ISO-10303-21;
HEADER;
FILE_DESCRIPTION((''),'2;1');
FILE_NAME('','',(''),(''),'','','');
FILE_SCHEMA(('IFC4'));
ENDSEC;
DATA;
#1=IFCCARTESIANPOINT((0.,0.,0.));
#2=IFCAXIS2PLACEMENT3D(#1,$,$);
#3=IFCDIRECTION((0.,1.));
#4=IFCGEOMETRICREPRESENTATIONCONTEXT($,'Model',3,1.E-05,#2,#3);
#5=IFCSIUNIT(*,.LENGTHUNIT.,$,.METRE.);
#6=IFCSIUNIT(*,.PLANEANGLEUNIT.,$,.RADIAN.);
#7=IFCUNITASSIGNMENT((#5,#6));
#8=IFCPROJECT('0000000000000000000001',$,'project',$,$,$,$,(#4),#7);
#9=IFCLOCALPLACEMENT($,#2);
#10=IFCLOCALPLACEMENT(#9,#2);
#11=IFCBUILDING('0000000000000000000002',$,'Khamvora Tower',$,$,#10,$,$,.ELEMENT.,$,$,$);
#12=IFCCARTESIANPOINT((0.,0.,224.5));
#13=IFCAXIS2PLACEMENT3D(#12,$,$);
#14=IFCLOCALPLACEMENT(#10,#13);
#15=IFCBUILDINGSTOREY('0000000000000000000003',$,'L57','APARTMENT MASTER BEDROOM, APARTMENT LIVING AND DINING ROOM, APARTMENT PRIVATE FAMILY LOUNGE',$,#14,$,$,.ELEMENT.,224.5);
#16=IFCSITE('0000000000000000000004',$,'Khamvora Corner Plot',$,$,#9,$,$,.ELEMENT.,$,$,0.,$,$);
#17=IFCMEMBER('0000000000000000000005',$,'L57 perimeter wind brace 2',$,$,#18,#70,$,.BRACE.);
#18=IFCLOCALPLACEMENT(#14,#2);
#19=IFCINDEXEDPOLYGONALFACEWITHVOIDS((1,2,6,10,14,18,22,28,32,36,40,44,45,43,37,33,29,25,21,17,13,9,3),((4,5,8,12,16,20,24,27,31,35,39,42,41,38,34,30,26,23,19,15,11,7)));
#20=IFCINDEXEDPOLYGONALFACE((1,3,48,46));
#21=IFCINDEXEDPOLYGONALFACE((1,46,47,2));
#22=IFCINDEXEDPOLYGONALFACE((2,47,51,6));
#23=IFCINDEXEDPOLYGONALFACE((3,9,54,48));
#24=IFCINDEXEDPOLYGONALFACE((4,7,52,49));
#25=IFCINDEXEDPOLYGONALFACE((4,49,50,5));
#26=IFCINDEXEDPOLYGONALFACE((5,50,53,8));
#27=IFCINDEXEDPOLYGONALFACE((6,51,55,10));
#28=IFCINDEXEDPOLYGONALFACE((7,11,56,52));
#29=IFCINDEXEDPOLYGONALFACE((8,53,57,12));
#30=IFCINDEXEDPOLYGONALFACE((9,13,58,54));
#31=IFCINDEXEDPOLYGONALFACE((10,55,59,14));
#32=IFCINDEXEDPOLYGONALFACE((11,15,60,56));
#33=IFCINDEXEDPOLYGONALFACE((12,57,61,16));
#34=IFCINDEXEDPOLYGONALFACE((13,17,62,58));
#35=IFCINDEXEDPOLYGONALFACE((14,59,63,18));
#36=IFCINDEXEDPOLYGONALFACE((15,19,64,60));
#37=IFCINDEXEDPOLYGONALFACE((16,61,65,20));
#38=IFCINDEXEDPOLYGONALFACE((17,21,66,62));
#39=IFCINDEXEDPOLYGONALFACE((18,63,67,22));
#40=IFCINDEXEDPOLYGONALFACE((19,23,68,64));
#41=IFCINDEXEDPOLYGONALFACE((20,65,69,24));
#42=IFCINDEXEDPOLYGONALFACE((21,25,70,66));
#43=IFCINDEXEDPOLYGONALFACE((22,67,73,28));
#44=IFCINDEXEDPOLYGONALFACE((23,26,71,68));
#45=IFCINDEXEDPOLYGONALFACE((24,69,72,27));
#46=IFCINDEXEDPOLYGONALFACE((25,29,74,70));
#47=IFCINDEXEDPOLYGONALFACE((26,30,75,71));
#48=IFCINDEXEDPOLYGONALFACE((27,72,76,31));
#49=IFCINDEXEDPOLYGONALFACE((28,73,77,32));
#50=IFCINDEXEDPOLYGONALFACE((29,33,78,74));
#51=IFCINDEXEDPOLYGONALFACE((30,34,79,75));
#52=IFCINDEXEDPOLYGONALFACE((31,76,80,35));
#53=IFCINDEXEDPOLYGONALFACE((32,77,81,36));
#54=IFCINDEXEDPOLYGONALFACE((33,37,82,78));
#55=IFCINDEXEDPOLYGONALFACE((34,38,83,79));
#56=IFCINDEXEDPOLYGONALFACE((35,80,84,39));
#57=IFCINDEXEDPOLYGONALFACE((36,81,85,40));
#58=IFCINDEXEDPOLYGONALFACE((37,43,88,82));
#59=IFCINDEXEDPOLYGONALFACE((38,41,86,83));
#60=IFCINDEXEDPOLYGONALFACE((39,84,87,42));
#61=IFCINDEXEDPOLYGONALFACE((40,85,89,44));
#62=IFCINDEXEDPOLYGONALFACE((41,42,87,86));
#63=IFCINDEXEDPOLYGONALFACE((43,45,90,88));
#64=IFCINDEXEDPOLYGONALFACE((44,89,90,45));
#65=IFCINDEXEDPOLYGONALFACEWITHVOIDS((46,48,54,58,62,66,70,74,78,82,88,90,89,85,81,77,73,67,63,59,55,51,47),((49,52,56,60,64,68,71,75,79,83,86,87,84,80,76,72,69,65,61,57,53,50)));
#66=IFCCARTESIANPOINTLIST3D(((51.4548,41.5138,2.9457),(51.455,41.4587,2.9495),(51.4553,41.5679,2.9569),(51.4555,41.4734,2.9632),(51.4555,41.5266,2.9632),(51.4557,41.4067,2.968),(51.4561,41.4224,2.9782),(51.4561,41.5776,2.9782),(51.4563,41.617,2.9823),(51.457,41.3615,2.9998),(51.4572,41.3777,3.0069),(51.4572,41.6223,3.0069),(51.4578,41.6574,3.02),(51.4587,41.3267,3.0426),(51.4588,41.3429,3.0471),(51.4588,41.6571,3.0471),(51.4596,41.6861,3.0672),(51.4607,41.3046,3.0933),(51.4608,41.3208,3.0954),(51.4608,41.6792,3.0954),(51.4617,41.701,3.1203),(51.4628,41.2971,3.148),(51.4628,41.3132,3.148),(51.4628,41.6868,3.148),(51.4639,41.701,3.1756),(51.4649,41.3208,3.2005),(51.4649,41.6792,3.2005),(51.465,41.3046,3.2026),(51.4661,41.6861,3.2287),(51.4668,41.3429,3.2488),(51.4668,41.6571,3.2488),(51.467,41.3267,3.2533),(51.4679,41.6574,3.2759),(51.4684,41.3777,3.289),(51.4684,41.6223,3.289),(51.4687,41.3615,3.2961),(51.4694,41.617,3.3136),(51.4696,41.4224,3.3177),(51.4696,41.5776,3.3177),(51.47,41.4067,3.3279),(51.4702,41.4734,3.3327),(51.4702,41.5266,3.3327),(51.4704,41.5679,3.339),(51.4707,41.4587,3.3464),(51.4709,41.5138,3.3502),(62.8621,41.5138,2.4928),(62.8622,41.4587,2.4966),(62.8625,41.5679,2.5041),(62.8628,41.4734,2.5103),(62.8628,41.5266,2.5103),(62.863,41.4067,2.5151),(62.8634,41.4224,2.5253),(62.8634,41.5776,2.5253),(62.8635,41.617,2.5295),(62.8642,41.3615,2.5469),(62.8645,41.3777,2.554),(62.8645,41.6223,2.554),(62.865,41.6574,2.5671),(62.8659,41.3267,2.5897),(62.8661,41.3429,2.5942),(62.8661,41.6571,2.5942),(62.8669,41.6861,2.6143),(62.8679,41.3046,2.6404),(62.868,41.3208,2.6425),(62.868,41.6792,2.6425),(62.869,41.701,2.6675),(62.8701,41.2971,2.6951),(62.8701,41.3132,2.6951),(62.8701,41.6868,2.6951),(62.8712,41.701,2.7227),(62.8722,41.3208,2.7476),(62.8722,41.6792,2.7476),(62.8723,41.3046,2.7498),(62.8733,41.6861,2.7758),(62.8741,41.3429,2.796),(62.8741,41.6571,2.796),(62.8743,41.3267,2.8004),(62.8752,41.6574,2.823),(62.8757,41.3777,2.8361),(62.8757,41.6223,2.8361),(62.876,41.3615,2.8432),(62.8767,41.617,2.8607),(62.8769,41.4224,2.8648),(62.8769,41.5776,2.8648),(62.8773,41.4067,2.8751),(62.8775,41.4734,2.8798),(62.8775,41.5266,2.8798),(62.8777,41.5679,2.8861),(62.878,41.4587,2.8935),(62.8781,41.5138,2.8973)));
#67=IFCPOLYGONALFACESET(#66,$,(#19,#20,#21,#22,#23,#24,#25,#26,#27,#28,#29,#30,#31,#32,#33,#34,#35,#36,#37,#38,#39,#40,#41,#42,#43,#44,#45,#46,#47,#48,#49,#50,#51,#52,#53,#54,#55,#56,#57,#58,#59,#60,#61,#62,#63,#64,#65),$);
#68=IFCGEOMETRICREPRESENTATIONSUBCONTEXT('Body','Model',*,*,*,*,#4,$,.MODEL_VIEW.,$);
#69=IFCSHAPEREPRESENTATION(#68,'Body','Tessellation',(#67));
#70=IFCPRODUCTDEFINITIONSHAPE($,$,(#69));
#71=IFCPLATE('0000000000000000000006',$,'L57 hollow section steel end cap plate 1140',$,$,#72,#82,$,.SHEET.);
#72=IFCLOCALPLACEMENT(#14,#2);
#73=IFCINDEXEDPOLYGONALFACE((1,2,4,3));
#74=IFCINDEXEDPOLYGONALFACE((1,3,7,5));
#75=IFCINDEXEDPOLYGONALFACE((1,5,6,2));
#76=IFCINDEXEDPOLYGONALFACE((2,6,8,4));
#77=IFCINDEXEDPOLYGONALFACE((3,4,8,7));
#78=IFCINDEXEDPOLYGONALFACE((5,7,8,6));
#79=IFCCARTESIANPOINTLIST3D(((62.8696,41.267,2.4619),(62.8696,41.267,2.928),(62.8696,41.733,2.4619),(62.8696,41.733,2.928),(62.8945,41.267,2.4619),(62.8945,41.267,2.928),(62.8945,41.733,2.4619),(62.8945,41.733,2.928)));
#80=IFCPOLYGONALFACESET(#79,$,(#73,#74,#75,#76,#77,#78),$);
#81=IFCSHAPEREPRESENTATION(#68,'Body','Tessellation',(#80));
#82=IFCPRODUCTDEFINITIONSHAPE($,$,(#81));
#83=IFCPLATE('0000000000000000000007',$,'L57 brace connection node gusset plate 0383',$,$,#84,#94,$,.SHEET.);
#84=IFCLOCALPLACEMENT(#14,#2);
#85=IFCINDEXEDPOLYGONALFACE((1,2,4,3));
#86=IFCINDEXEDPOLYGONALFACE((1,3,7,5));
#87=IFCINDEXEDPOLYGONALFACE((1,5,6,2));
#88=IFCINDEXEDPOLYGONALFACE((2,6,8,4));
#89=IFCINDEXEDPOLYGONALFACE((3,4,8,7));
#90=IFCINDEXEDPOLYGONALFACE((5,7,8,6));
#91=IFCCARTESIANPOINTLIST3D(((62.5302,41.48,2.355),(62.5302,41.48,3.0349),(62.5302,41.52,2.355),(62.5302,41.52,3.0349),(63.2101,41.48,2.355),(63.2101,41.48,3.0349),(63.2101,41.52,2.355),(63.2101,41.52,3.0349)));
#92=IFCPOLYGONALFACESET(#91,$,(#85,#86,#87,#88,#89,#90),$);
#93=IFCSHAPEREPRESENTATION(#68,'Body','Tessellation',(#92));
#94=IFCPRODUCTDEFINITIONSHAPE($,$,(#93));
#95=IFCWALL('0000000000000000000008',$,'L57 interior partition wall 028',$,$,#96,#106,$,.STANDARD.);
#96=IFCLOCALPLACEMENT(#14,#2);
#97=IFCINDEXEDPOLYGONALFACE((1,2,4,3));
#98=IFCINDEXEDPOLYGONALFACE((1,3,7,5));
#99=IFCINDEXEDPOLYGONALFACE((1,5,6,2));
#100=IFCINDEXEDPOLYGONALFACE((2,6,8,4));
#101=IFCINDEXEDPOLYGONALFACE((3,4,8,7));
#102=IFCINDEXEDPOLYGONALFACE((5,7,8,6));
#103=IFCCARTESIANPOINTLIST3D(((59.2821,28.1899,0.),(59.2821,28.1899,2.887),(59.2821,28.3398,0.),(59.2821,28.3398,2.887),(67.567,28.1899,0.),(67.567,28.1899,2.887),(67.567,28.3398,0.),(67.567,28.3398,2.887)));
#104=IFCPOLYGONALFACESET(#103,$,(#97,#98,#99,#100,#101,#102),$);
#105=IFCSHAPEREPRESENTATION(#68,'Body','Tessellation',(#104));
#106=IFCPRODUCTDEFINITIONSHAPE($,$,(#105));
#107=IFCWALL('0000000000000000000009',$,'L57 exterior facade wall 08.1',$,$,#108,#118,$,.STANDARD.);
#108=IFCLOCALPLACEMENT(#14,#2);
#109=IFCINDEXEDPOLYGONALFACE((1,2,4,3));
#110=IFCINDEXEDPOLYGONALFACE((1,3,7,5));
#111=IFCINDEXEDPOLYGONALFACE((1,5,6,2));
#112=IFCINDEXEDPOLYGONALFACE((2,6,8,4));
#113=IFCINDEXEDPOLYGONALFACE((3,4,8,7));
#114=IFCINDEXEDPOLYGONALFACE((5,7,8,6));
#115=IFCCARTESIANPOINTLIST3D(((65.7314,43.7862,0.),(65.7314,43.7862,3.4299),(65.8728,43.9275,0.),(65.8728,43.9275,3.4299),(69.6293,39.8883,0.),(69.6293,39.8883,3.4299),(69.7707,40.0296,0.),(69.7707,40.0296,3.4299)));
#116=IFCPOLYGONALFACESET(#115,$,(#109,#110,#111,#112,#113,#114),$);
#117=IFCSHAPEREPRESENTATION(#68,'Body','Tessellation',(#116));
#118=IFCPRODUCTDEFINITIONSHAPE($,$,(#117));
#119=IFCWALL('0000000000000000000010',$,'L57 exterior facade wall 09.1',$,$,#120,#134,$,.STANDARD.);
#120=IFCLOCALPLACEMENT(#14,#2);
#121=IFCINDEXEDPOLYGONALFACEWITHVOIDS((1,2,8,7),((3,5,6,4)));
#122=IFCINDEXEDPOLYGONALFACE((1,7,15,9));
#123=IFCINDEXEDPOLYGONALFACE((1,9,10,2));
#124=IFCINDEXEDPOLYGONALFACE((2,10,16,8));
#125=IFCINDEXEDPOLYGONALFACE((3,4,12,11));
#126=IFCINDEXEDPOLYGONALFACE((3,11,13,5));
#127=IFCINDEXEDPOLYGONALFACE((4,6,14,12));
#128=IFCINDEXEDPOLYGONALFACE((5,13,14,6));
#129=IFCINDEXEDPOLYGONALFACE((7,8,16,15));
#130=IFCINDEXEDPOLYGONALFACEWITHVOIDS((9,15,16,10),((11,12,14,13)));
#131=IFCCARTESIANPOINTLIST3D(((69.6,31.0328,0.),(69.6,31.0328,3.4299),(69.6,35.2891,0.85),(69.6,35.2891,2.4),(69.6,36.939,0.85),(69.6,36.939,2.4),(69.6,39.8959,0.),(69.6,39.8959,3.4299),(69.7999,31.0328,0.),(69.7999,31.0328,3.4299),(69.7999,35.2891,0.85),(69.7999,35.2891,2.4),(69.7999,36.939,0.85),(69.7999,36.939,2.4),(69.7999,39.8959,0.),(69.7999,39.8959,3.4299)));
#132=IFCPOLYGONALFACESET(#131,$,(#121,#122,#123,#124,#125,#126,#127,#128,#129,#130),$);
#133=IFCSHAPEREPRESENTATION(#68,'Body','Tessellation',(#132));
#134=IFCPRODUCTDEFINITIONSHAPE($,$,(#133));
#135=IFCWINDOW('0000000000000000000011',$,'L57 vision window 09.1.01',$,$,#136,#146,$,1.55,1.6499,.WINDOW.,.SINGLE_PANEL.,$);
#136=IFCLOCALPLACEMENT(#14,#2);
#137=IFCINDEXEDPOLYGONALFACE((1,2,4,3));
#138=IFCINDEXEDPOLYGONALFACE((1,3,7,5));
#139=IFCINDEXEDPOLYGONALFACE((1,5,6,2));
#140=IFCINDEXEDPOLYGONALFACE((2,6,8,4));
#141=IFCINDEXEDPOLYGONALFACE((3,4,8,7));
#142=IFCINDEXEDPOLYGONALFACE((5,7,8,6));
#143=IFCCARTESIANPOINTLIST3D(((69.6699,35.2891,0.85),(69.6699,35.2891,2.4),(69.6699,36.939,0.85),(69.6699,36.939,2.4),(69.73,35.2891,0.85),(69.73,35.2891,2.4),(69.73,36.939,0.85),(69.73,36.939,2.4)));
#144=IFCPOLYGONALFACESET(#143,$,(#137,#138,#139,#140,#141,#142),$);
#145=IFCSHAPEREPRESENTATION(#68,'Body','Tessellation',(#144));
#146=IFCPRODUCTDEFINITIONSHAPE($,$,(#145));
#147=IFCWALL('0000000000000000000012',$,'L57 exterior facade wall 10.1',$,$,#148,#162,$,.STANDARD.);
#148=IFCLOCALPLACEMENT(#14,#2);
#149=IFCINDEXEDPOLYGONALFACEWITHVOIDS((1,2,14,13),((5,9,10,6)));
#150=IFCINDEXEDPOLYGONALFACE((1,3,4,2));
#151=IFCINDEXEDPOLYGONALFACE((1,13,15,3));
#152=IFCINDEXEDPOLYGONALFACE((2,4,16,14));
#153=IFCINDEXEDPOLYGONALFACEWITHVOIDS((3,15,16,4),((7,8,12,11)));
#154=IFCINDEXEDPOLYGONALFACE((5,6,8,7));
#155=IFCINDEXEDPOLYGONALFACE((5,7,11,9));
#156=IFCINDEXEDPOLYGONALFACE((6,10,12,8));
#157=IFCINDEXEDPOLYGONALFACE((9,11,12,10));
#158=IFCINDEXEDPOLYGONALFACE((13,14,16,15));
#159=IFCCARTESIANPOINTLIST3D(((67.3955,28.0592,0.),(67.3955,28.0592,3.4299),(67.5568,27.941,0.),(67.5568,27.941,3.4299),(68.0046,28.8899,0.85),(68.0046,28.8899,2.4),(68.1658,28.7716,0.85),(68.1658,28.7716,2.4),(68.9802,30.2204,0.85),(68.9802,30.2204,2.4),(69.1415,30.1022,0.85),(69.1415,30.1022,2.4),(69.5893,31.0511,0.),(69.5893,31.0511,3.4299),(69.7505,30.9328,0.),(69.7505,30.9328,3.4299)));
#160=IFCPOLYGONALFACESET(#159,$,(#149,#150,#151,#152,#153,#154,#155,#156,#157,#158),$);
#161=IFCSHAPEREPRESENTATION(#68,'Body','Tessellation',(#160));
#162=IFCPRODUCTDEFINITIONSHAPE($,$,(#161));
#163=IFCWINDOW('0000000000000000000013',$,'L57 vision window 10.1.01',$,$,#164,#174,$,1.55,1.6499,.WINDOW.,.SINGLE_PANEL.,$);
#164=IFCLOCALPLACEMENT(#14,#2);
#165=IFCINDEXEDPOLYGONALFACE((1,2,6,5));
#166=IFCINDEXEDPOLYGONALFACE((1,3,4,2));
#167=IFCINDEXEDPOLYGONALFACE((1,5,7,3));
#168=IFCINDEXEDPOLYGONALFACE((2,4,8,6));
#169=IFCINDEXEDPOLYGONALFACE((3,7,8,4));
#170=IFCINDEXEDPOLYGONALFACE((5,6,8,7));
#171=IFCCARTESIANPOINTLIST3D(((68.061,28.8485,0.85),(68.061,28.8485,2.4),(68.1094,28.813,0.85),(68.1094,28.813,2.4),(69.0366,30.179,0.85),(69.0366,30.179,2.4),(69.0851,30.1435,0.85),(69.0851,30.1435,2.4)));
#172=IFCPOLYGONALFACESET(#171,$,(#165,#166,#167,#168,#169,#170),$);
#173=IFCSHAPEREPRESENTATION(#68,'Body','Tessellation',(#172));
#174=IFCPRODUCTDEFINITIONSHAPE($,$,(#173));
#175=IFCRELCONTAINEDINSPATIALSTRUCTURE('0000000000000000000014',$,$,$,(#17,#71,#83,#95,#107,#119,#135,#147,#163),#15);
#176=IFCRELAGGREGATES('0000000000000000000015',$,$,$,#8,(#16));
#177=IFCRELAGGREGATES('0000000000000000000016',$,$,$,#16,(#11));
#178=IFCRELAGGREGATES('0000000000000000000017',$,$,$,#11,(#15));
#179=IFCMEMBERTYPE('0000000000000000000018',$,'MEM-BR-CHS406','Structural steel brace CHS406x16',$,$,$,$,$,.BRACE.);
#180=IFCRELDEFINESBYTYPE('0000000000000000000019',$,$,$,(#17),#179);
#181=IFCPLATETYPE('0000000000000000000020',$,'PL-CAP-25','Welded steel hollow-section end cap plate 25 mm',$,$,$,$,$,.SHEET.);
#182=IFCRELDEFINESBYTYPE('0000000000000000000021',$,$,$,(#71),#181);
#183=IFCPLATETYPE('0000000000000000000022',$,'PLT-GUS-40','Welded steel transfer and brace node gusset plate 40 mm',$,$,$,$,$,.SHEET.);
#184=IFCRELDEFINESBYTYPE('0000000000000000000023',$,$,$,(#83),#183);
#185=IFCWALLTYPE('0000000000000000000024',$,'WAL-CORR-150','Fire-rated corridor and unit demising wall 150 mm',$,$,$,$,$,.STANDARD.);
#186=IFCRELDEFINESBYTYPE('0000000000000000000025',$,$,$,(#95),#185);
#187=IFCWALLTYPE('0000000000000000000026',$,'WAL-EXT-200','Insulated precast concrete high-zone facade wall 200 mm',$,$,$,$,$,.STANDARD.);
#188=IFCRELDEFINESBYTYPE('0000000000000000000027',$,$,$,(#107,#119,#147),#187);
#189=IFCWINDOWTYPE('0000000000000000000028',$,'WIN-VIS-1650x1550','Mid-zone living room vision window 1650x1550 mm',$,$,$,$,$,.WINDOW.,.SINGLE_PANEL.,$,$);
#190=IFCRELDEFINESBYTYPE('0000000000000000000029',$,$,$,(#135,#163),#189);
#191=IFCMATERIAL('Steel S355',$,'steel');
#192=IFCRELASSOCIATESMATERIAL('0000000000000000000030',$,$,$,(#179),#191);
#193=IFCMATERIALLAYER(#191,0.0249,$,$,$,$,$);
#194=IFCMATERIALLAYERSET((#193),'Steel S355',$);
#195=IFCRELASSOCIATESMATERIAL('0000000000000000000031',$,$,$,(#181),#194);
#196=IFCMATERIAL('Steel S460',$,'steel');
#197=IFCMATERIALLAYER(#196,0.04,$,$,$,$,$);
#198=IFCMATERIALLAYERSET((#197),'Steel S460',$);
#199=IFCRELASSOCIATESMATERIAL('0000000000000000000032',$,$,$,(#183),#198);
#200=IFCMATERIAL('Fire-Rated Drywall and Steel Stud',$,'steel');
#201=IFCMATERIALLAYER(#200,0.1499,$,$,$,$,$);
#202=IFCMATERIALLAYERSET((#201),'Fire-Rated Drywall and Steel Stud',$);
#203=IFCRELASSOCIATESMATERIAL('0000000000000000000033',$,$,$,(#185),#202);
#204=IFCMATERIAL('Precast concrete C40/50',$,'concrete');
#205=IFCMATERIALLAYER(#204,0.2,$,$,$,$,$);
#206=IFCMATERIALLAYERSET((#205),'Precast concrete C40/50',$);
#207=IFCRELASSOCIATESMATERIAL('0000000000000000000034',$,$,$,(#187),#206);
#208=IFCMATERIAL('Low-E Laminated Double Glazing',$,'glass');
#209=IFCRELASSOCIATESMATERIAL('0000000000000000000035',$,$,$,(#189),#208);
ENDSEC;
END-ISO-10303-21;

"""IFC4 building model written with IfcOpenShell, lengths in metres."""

from ifc_helpers import new_model, si_unit, direction, frame, frame_2d, origin, origin_2d, place, context, subcontext, project, spatial, rectangle, hollow_circle, extrude, material, layer, layer_set, material_profile, profile_set, type_object, element, fill, save


model = new_model("IFC4")

# Units and contexts
model_context = context("Model", 3, precision=1e-05, world=origin(), true_north=direction((0.0, 1.0)))
body_context = subcontext(model_context, "Body", "Model", "MODEL_VIEW")
ifc_project = project(units=[si_unit("LENGTHUNIT", "METRE"), si_unit("PLANEANGLEUNIT", "RADIAN")], contexts=[model_context])

# Site, building, storey
site_placement = place(None, origin())
site = spatial("IfcSite", under=ifc_project, at=site_placement, Name="Khamvora Corner Plot", CompositionType="ELEMENT", RefElevation=0.0)
building_placement = place(site_placement, origin())
building = spatial("IfcBuilding", under=site, at=building_placement, Name="Khamvora Tower", CompositionType="ELEMENT")
storey_placement = place(building_placement, frame((0.0, 0.0, 224.5)))
storey = spatial("IfcBuildingStorey", under=building, at=storey_placement, Name="L57", Description="APARTMENT MASTER BEDROOM, APARTMENT LIVING AND DINING ROOM, APARTMENT PRIVATE FAMILY LOUNGE", CompositionType="ELEMENT", Elevation=224.5)

# Shared definitions
ifc_material_1 = material(Name="Steel S355", Category="steel")

# Member
ifc_material_profile_1 = material_profile(ifc_material_1, hollow_circle(Radius=0.2029, WallThickness=0.0161, at=origin_2d()), Name="CHS406x16")
ifc_profile_set_1 = profile_set([ifc_material_profile_1], Name="Steel S355")
member_type = type_object("IfcMemberType", Name="MEM-BR-CHS406", Description="Structural steel brace CHS406x16", PredefinedType="BRACE", material=ifc_profile_set_1)
member_placement = place(storey_placement, frame((62.8701, 41.5, 2.6951), z_axis=(-0.999213, 0.0, 0.03967), x_axis=(0.0, -1.0, 0.0)))
element("IfcMember", 1, at=member_placement, inside=storey, type_object=member_type, Name="L57 perimeter wind brace 2", PredefinedType="BRACE", context=body_context, shape_type="SweptSolid", body=[
    extrude(hollow_circle(Radius=0.2029, WallThickness=0.0161, at=origin_2d()), origin(), (0.0, 0.0, 1.0), 11.4163),
])

# Plates
ifc_layer_1 = layer(ifc_material_1, 0.0249)
ifc_layer_set_1 = layer_set([ifc_layer_1], Name="Steel S355")
plate_type_1 = type_object("IfcPlateType", Name="PL-CAP-25", Description="Welded steel hollow-section end cap plate 25 mm", PredefinedType="SHEET", material=ifc_layer_set_1)
plate_1_placement = place(storey_placement, frame((62.8821, 41.5, 2.4619), z_axis=(0.0, 0.0, 1.0), x_axis=(-1.0, 0.0, 0.0)))
element("IfcPlate", 2, at=plate_1_placement, inside=storey, type_object=plate_type_1, Name="L57 hollow section steel end cap plate 1140", PredefinedType="SHEET", context=body_context, shape_type="SweptSolid", body=[
    extrude(rectangle(XDim=0.0249, YDim=0.4661, at=origin_2d()), origin(), (0.0, 0.0, 1.0), 0.4661),
])
ifc_material_2 = material(Name="Steel S460", Category="steel")
ifc_layer_2 = layer(ifc_material_2, 0.04)
ifc_layer_set_2 = layer_set([ifc_layer_2], Name="Steel S460")
plate_type_2 = type_object("IfcPlateType", Name="PLT-GUS-40", Description="Welded steel transfer and brace node gusset plate 40 mm", PredefinedType="SHEET", material=ifc_layer_set_2)
plate_2_placement = place(storey_placement, frame((62.8701, 41.5, 2.355), z_axis=(0.0, 0.0, 1.0), x_axis=(1.0, 0.0, 0.0)))
element("IfcPlate", 3, at=plate_2_placement, inside=storey, type_object=plate_type_2, Name="L57 brace connection node gusset plate 0383", PredefinedType="SHEET", context=body_context, shape_type="SweptSolid", body=[
    extrude(rectangle(XDim=0.6799, YDim=0.04, at=origin_2d()), origin(), (0.0, 0.0, 1.0), 0.6799),
])

# Walls
ifc_material_3 = material(Name="Fire-Rated Drywall and Steel Stud", Category="steel")
ifc_layer_3 = layer(ifc_material_3, 0.1499)
ifc_layer_set_3 = layer_set([ifc_layer_3], Name="Fire-Rated Drywall and Steel Stud")
wall_type_1 = type_object("IfcWallType", Name="WAL-CORR-150", Description="Fire-rated corridor and unit demising wall 150 mm", PredefinedType="STANDARD", material=ifc_layer_set_3)
wall_1_placement = place(storey_placement, frame((59.282, 28.2649, 0.0), z_axis=(0.0, 0.0, 1.0), x_axis=(1.0, 0.0, 0.0)))
element("IfcWall", 4, at=wall_1_placement, inside=storey, type_object=wall_type_1, Name="L57 interior partition wall 028", PredefinedType="STANDARD", context=body_context, shape_type="SweptSolid", body=[
    extrude(rectangle(XDim=8.2849, YDim=0.1499, at=frame_2d((4.1426, 0.0))), origin(), (0.0, 0.0, 1.0), 2.887),
])
ifc_material_4 = material(Name="Precast concrete C40/50", Category="concrete")
ifc_layer_4 = layer(ifc_material_4, 0.2)
ifc_layer_set_4 = layer_set([ifc_layer_4], Name="Precast concrete C40/50")
wall_type_2 = type_object("IfcWallType", Name="WAL-EXT-200", Description="Insulated precast concrete high-zone facade wall 200 mm", PredefinedType="STANDARD", material=ifc_layer_set_4)
wall_2_placement = place(storey_placement, frame((65.802, 43.8569, 0.0), z_axis=(0.0, 0.0, 1.0), x_axis=(0.707107, -0.707107, 0.0)))
element("IfcWall", 5, at=wall_2_placement, inside=storey, type_object=wall_type_2, Name="L57 exterior facade wall 08.1", PredefinedType="STANDARD", context=body_context, shape_type="SweptSolid", body=[
    extrude(rectangle(XDim=5.5125, YDim=0.2, at=frame_2d((2.7563, 0.0))), origin(), (0.0, 0.0, 1.0), 3.4299),
])

# Walls, openings, windows
wall_3_placement = place(storey_placement, frame((69.7, 39.896, 0.0), z_axis=(0.0, 0.0, 1.0), x_axis=(0.0, -1.0, 0.0)))
wall_3 = element("IfcWall", 6, at=wall_3_placement, inside=storey, type_object=wall_type_2, Name="L57 exterior facade wall 09.1", PredefinedType="STANDARD", context=body_context, shape_type="SweptSolid", body=[
    extrude(rectangle(XDim=8.863, YDim=0.2, at=frame_2d((4.4316, 0.0))), origin(), (0.0, 0.0, 1.0), 3.4299),
])
opening_1_placement = place(wall_3_placement, frame((2.957, 0.0, 0.8501)))
opening_1 = element("IfcOpeningElement", 7, at=opening_1_placement, cuts=wall_3, PredefinedType="OPENING", context=body_context, shape_type="SweptSolid", body=[
    extrude(rectangle(XDim=1.6499, YDim=1.55, at=frame_2d((0.825, 0.7749))), frame((0.0, 0.1099, 0.0), z_axis=(0.0, -1.0, 0.0), x_axis=(1.0, 0.0, 0.0)), (0.0, 0.0, 1.0), 0.22),
])
ifc_material_5 = material(Name="Low-E Laminated Double Glazing", Category="glass")
window_type = type_object("IfcWindowType", Name="WIN-VIS-1650x1550", Description="Mid-zone living room vision window 1650x1550 mm", PartitioningType="SINGLE_PANEL", PredefinedType="WINDOW", material=ifc_material_5)
window_1_placement = place(opening_1_placement, origin())
window_1 = element("IfcWindow", 8, at=window_1_placement, inside=storey, type_object=window_type, Name="L57 vision window 09.1.01", OverallHeight=1.55, OverallWidth=1.6499, PartitioningType="SINGLE_PANEL", PredefinedType="WINDOW", context=body_context, shape_type="SweptSolid", body=[
    extrude(rectangle(XDim=1.6499, YDim=1.55, at=frame_2d((0.825, 0.7749))), frame((0.0, 0.03, 0.0), z_axis=(0.0, -1.0, 0.0), x_axis=(1.0, 0.0, 0.0)), (0.0, 0.0, 1.0), 0.0601),
])
fill(opening_1, window_1)
wall_4_placement = place(storey_placement, frame((69.6699, 30.9919, 0.0), z_axis=(0.0, 0.0, 1.0), x_axis=(-0.591321, -0.806436, 0.0)))
wall_4 = element("IfcWall", 9, at=wall_4_placement, inside=storey, type_object=wall_type_2, Name="L57 exterior facade wall 10.1", PredefinedType="STANDARD", context=body_context, shape_type="SweptSolid", body=[
    extrude(rectangle(XDim=3.71, YDim=0.2, at=frame_2d((1.855, 0.0))), origin(), (0.0, 0.0, 1.0), 3.4299),
])
opening_2_placement = place(wall_4_placement, frame((1.03, 0.0, 0.8501)))
opening_2 = element("IfcOpeningElement", 10, at=opening_2_placement, cuts=wall_4, PredefinedType="OPENING", context=body_context, shape_type="SweptSolid", body=[
    extrude(rectangle(XDim=1.6499, YDim=1.55, at=frame_2d((0.825, 0.7749))), frame((0.0, 0.1099, 0.0), z_axis=(0.0, -1.0, 0.0), x_axis=(1.0, 0.0, 0.0)), (0.0, 0.0, 1.0), 0.22),
])
window_2_placement = place(opening_2_placement, origin())
window_2 = element("IfcWindow", 11, at=window_2_placement, inside=storey, type_object=window_type, Name="L57 vision window 10.1.01", OverallHeight=1.55, OverallWidth=1.6499, PartitioningType="SINGLE_PANEL", PredefinedType="WINDOW", context=body_context, shape_type="SweptSolid", body=[
    extrude(rectangle(XDim=1.6499, YDim=1.55, at=frame_2d((0.825, 0.7749))), frame((0.0, 0.03, 0.0), z_axis=(0.0, -1.0, 0.0), x_axis=(1.0, 0.0, 0.0)), (0.0, 0.0, 1.0), 0.0601),
])
fill(opening_2, window_2)

save(model, "model.ifc")
